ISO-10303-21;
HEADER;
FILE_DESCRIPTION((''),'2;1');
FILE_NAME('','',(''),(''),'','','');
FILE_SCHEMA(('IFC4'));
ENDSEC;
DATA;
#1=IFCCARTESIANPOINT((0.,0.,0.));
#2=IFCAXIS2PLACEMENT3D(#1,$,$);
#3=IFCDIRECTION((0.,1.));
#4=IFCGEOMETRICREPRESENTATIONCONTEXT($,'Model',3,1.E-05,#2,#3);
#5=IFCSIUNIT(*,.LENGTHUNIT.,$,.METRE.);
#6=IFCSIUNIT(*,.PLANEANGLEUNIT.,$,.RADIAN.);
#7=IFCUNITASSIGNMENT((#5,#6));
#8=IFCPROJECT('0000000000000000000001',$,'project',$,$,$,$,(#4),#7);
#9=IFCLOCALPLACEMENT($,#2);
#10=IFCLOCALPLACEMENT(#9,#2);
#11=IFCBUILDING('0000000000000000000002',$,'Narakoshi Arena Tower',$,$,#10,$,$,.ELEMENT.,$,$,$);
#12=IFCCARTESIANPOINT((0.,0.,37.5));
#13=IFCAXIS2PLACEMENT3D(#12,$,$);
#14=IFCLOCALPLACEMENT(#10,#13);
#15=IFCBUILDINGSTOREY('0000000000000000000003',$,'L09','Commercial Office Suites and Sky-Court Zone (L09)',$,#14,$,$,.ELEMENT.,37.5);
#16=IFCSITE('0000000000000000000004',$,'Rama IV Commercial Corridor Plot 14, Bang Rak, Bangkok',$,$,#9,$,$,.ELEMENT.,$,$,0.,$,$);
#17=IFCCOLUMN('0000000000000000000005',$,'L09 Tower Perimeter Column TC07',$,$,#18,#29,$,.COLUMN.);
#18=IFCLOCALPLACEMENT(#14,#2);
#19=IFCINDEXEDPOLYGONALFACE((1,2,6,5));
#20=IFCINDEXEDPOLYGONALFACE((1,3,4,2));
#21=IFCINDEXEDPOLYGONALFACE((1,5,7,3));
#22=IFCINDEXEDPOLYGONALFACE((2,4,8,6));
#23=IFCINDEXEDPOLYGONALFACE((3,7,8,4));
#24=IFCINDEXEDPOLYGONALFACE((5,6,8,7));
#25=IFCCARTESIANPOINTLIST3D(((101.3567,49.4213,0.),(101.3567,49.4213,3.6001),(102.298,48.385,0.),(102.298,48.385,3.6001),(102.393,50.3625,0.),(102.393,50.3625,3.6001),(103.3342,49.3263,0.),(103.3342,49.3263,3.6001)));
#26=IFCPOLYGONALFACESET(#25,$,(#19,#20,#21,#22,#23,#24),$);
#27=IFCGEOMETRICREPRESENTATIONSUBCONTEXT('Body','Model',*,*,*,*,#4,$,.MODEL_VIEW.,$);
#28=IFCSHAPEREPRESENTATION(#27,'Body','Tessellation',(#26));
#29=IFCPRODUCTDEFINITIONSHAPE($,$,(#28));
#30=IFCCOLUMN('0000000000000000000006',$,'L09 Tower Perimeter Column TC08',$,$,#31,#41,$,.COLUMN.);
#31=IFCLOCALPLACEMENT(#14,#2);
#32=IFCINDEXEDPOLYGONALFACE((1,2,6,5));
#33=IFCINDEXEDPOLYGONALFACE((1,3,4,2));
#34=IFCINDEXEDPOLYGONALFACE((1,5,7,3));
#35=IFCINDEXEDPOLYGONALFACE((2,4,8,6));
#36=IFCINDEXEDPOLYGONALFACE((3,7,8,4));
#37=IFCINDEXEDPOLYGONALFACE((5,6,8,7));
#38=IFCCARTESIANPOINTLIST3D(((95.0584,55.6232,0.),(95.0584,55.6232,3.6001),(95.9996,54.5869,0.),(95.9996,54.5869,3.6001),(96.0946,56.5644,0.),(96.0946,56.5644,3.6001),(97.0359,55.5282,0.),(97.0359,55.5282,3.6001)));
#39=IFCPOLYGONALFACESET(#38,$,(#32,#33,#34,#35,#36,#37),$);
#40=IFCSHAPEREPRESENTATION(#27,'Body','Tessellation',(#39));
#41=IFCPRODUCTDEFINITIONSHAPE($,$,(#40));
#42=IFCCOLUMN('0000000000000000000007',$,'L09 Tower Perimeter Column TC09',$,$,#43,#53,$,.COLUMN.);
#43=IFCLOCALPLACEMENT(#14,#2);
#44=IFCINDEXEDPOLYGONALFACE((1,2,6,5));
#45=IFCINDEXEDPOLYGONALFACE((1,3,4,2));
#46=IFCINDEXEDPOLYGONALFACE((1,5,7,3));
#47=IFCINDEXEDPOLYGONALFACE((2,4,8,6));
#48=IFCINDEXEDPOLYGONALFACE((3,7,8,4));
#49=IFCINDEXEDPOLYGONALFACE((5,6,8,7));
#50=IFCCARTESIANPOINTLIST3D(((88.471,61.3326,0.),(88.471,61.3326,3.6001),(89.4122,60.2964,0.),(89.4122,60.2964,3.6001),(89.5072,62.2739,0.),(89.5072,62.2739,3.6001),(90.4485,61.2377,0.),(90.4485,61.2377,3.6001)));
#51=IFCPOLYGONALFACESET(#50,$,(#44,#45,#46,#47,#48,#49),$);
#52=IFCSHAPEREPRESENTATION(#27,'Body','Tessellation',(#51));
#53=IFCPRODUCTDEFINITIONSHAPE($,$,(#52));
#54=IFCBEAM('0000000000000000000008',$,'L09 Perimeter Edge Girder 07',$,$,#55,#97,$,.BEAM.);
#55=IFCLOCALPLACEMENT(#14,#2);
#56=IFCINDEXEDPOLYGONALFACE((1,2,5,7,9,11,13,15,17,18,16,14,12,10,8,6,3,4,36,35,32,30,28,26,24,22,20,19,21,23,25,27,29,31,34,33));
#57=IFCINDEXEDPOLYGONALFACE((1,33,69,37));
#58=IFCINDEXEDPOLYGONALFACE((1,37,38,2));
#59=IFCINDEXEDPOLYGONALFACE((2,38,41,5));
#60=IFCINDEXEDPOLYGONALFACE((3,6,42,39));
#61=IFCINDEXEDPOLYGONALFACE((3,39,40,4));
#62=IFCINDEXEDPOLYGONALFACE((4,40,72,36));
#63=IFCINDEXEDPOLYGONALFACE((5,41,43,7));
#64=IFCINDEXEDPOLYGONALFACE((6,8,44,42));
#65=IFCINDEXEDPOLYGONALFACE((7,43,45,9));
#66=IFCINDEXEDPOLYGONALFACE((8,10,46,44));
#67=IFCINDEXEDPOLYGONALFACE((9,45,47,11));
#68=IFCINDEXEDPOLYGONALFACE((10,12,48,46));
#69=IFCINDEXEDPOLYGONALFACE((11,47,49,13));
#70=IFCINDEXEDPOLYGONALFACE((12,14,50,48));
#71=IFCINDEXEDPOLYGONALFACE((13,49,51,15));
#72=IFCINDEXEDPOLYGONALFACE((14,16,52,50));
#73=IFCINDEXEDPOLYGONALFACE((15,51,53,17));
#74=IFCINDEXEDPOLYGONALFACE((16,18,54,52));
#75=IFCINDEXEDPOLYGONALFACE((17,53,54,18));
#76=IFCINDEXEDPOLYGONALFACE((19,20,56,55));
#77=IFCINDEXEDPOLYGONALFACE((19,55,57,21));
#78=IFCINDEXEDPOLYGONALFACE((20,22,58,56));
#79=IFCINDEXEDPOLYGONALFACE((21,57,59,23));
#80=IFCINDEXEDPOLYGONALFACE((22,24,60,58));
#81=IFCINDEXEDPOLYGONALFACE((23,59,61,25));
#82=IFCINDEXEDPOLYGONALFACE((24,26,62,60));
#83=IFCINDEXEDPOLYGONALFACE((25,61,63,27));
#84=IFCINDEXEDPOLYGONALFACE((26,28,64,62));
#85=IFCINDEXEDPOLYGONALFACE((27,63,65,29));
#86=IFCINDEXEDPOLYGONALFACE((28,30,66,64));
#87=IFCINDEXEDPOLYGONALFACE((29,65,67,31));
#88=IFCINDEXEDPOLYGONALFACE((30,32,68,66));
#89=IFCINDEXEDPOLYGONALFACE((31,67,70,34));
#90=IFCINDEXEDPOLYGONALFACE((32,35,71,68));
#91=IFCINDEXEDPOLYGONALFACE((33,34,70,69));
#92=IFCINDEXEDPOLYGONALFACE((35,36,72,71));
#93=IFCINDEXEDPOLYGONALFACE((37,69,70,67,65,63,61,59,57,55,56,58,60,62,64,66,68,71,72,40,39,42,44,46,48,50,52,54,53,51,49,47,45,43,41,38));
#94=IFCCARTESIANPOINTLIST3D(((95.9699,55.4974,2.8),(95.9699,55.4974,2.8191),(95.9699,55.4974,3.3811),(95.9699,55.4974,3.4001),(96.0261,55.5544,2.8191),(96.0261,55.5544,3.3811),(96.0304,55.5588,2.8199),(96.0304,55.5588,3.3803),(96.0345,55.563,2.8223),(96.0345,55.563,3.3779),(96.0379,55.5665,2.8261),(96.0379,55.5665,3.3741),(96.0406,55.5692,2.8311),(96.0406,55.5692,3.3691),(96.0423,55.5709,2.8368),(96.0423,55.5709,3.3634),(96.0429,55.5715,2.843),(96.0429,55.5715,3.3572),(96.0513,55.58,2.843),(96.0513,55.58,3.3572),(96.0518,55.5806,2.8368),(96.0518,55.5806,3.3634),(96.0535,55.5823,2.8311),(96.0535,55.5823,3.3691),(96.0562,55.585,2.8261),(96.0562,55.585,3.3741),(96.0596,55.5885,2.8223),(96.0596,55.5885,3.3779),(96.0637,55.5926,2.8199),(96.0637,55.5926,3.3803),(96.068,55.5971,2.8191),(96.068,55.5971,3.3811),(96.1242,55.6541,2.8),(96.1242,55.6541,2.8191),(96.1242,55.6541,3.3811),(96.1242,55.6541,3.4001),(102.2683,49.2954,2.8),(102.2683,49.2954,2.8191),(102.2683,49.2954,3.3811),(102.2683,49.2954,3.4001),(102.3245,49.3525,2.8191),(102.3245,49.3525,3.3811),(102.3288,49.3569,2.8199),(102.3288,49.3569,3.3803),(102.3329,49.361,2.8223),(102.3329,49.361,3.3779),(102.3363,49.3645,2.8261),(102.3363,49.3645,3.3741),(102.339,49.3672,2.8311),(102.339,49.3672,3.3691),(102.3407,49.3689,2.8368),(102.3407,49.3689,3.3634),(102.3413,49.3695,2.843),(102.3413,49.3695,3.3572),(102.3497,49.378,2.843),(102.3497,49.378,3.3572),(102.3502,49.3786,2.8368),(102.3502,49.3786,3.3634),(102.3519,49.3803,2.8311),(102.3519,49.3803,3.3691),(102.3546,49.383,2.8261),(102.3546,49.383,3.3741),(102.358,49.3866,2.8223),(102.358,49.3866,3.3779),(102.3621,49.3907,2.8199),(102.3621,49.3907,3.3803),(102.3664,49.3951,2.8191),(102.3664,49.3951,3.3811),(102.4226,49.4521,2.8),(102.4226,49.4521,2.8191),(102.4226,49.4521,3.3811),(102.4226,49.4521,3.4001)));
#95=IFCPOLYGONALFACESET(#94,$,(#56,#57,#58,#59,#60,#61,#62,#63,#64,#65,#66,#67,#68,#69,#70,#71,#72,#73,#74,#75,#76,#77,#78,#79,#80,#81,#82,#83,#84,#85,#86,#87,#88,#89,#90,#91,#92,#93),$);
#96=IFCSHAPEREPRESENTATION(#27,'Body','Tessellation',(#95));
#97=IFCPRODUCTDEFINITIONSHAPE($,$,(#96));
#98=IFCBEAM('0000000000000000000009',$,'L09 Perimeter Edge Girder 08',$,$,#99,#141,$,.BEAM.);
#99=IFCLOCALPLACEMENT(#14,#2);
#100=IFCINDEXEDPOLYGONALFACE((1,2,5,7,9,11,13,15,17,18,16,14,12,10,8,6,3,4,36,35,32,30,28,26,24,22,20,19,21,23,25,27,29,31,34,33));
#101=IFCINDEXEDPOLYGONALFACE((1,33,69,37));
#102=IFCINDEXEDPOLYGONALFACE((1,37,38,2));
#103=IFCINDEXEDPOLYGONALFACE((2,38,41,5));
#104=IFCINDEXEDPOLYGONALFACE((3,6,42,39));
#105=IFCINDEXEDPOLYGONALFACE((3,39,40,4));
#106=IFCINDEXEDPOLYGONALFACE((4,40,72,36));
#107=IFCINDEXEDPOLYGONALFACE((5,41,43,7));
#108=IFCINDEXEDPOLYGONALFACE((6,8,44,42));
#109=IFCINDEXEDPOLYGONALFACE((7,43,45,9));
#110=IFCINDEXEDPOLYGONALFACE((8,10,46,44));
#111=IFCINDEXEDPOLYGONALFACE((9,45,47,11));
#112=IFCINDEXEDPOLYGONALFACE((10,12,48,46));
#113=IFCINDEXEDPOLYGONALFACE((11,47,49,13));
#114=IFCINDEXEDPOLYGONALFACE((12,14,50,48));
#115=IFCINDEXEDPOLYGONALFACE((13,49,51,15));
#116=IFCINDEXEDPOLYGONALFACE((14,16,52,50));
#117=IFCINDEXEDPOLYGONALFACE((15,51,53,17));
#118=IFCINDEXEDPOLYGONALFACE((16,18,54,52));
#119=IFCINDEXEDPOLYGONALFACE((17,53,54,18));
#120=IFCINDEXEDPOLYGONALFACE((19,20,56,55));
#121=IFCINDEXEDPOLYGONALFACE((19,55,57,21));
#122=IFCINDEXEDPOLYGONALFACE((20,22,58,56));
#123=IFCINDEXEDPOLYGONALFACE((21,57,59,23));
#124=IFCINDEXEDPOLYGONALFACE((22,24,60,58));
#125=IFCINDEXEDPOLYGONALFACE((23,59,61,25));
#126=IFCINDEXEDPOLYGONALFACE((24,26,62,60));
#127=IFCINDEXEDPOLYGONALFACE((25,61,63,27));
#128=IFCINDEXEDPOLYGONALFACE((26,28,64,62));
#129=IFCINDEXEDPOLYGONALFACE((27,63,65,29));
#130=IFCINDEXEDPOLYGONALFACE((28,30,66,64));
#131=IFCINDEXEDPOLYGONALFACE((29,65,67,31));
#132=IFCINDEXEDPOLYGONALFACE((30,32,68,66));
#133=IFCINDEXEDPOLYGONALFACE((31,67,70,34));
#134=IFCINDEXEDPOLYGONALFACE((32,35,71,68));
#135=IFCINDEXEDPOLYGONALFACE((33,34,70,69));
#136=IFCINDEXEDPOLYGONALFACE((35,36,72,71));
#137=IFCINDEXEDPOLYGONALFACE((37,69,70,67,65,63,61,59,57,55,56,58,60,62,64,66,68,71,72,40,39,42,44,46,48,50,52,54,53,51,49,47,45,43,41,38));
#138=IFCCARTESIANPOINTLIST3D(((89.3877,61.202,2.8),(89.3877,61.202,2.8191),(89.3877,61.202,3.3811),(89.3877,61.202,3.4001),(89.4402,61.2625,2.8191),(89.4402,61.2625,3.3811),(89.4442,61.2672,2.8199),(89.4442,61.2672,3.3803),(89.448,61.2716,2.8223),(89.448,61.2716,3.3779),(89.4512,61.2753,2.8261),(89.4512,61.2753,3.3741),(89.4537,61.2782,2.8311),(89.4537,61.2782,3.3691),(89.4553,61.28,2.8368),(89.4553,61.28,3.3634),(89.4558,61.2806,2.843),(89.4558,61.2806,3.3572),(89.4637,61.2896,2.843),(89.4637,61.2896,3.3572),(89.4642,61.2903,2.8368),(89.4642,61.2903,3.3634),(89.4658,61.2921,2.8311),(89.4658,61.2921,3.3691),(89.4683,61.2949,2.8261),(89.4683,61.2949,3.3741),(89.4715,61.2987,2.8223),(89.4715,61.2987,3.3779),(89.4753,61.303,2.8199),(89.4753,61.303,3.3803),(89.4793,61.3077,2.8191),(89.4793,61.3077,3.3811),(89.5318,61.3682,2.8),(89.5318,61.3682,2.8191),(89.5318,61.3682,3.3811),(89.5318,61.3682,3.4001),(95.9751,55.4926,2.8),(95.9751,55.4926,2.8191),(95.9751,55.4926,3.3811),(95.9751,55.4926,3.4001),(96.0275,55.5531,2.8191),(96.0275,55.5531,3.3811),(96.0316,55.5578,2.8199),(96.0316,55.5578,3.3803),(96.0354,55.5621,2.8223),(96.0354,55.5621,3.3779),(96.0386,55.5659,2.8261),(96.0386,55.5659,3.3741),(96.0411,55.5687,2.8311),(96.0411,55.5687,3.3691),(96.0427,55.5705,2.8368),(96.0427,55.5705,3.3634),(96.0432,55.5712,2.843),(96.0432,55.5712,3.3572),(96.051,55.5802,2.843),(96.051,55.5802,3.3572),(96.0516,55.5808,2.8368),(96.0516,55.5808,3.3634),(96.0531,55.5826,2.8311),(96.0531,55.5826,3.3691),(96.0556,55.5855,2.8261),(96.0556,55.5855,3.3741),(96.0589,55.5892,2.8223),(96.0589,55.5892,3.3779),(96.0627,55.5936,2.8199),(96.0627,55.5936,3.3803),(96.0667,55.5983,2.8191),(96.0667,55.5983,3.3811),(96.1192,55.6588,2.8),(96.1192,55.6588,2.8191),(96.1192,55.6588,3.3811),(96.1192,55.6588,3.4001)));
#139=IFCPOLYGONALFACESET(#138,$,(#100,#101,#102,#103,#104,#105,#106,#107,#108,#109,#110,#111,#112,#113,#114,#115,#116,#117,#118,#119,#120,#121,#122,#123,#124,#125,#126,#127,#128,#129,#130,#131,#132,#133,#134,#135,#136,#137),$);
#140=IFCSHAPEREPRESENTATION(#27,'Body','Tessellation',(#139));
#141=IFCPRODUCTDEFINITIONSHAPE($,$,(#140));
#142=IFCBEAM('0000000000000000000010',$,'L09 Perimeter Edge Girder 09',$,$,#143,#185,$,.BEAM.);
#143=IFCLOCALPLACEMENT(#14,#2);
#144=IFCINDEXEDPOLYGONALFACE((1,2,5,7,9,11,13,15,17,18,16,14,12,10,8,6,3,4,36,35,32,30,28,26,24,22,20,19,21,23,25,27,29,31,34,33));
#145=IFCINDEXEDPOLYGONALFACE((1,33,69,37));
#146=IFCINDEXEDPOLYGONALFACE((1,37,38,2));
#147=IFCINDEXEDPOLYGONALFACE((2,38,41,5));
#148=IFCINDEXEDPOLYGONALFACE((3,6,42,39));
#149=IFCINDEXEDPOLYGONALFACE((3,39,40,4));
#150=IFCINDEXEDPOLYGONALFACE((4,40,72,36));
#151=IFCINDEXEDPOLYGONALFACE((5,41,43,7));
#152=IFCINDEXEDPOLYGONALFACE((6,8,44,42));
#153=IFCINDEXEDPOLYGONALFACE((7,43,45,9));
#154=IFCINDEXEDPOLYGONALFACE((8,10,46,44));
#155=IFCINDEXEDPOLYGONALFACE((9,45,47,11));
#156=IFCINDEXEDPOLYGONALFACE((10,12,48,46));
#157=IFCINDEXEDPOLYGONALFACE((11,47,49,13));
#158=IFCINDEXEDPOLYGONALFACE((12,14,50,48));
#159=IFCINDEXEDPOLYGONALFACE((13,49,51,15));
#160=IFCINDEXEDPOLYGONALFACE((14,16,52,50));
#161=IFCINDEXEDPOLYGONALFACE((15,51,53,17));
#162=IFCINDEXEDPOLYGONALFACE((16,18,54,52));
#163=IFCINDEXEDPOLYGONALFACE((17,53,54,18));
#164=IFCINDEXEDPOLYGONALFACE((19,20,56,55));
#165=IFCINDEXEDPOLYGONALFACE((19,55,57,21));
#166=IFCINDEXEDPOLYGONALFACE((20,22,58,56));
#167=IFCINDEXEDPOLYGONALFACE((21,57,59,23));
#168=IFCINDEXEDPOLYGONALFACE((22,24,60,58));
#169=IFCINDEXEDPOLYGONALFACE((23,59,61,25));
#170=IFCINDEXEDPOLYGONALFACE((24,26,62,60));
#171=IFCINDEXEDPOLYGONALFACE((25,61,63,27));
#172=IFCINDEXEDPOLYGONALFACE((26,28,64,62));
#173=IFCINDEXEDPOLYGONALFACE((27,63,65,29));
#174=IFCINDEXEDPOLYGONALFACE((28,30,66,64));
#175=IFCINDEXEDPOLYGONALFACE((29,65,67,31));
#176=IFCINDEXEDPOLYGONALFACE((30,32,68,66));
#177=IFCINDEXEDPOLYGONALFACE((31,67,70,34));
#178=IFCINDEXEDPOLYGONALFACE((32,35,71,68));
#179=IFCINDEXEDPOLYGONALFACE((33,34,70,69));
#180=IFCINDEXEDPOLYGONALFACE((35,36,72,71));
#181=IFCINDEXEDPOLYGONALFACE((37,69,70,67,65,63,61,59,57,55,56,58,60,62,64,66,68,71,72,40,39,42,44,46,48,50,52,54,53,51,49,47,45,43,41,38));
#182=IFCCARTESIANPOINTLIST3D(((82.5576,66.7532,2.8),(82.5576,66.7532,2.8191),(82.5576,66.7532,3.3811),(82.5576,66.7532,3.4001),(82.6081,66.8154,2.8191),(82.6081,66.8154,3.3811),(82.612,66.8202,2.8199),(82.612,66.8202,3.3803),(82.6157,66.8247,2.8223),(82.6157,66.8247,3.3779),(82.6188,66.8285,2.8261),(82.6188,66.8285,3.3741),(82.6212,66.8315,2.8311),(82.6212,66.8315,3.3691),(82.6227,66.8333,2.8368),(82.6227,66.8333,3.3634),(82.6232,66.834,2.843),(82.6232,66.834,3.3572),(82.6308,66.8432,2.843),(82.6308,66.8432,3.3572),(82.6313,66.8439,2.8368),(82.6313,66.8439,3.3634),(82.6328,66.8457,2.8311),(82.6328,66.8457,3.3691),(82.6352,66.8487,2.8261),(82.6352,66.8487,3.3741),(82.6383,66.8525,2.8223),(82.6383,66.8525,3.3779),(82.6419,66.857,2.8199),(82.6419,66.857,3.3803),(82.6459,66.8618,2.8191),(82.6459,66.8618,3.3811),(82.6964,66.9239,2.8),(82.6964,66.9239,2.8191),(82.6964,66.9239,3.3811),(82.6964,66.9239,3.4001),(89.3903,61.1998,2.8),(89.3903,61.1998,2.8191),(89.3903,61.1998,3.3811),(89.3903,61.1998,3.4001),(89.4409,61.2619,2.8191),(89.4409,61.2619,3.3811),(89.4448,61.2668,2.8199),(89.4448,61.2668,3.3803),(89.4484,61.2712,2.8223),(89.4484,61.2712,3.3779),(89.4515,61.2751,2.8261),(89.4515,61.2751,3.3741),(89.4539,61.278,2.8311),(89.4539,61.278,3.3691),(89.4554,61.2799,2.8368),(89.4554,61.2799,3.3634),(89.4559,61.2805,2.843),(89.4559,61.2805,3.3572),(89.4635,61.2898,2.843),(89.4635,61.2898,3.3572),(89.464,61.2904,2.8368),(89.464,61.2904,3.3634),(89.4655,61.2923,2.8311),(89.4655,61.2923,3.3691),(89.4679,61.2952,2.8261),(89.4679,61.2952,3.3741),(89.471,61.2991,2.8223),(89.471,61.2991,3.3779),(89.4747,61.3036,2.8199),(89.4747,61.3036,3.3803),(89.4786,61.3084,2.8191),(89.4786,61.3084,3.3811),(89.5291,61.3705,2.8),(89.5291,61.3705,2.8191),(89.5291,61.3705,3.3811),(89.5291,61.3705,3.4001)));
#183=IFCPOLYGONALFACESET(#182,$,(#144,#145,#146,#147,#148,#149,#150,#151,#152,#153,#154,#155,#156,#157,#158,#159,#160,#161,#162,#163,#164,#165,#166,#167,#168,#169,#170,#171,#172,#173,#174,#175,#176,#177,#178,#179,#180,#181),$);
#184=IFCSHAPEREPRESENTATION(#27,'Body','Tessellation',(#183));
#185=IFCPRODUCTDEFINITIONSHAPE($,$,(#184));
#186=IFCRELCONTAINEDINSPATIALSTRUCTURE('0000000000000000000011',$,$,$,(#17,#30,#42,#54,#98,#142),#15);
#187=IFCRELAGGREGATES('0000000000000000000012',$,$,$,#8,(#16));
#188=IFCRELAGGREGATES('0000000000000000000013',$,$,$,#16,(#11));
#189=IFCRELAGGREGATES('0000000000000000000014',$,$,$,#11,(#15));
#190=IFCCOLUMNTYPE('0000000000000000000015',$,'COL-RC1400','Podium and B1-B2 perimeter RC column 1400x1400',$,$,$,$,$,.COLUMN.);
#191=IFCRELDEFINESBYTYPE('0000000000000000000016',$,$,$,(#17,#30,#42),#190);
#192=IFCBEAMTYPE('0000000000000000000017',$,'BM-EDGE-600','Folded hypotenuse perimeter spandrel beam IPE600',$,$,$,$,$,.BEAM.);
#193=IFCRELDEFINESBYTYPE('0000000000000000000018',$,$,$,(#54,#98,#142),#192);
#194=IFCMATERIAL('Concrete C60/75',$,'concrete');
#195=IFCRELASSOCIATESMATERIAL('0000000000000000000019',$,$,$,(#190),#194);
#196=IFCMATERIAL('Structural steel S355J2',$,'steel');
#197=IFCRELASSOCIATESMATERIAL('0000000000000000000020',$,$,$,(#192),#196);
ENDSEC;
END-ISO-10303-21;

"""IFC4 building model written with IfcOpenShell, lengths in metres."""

from ifc_helpers import new_model, si_unit, direction, frame, origin, origin_2d, place, context, subcontext, project, spatial, rectangle, i_section, extrude, material, material_profile, profile_set, type_object, element, save


model = new_model("IFC4")

# Units and contexts
model_context = context("Model", 3, precision=1e-05, world=origin(), true_north=direction((0.0, 1.0)))
body_context = subcontext(model_context, "Body", "Model", "MODEL_VIEW")
ifc_project = project(units=[si_unit("LENGTHUNIT", "METRE"), si_unit("PLANEANGLEUNIT", "RADIAN")], contexts=[model_context])

# Site, building, storey
site_placement = place(None, origin())
site = spatial("IfcSite", under=ifc_project, at=site_placement, Name="Rama IV Commercial Corridor Plot 14, Bang Rak, Bangkok", CompositionType="ELEMENT", RefElevation=0.0)
building_placement = place(site_placement, origin())
building = spatial("IfcBuilding", under=site, at=building_placement, Name="Narakoshi Arena Tower", CompositionType="ELEMENT")
storey_placement = place(building_placement, frame((0.0, 0.0, 37.5)))
storey = spatial("IfcBuildingStorey", under=building, at=storey_placement, Name="L09", Description="Commercial Office Suites and Sky-Court Zone (L09)", CompositionType="ELEMENT", Elevation=37.5)

# Columns
ifc_material_1 = material(Name="Concrete C60/75", Category="concrete")
ifc_material_profile_1 = material_profile(ifc_material_1, rectangle(XDim=1.3999, YDim=1.3999, at=origin_2d()), Name="RC1400x1400")
ifc_profile_set_1 = profile_set([ifc_material_profile_1], Name="Concrete C60/75")
column_type = type_object("IfcColumnType", Name="COL-RC1400", Description="Podium and B1-B2 perimeter RC column 1400x1400", PredefinedType="COLUMN", material=ifc_profile_set_1)
for number, where, z_axis, x_axis, name in (
    (1, (102.3455, 49.3738, 0.0), (0.0, 0.0, 1.0), (0.740218, 0.672367, 0.0), "L09 Tower Perimeter Column TC07"),
    (2, (96.0471, 55.5757, 0.0), (0.0, 0.0, 1.0), (0.740218, 0.672367, 0.0), "L09 Tower Perimeter Column TC08"),
    (3, (89.4597, 61.2852, 0.0), (0.0, 0.0, 1.0), (0.740218, 0.672367, 0.0), "L09 Tower Perimeter Column TC09"),
):
    element("IfcColumn", number, at=place(storey_placement, frame(where, z_axis=z_axis, x_axis=x_axis)), inside=storey, type_object=column_type, Name=name, PredefinedType="COLUMN", context=body_context, shape_type="SweptSolid", body=[
        extrude(rectangle(XDim=1.3999, YDim=1.3999, at=origin_2d()), origin(), (0.0, 0.0, 1.0), 3.6001),
    ])

# Beams
ifc_material_2 = material(Name="Structural steel S355J2", Category="steel")
ifc_material_profile_2 = material_profile(ifc_material_2, i_section(OverallWidth=0.22, OverallDepth=0.6001, WebThickness=0.012, FlangeThickness=0.019, FilletRadius=0.0239, at=origin_2d()), Name="IPE600")
ifc_profile_set_2 = profile_set([ifc_material_profile_2], Name="Structural steel S355J2")
beam_type_1 = type_object("IfcBeamType", Name="BM-EDGE-600", Description="Folded hypotenuse perimeter spandrel beam IPE600", PredefinedType="BEAM", material=ifc_profile_set_2)
beam_1_placement = place(storey_placement, frame((102.3455, 49.3738, 3.1001), z_axis=(-0.712541, 0.701631, 0.0), x_axis=(-0.701631, -0.712541, 0.0)))
element("IfcBeam", 4, at=beam_1_placement, inside=storey, type_object=beam_type_1, Name="L09 Perimeter Edge Girder 07", PredefinedType="BEAM", context=body_context, shape_type="SweptSolid", body=[
    extrude(i_section(OverallWidth=0.22, OverallDepth=0.6001, WebThickness=0.012, FlangeThickness=0.019, FilletRadius=0.0239, at=origin_2d()), origin(), (0.0, 0.0, 1.0), 8.8394),
])
beam_2_placement = place(storey_placement, frame((96.0471, 55.5757, 3.1001), z_axis=(-0.755667, 0.654956, 0.0), x_axis=(-0.654956, -0.755667, 0.0)))
element("IfcBeam", 5, at=beam_2_placement, inside=storey, type_object=beam_type_1, Name="L09 Perimeter Edge Girder 08", PredefinedType="BEAM", context=body_context, shape_type="SweptSolid", body=[
    extrude(i_section(OverallWidth=0.22, OverallDepth=0.6001, WebThickness=0.012, FlangeThickness=0.019, FilletRadius=0.0239, at=origin_2d()), origin(), (0.0, 0.0, 1.0), 8.7173),
])
beam_3_placement = place(storey_placement, frame((89.4597, 61.2852, 3.1001), z_axis=(-0.776011, 0.630719, 0.0), x_axis=(-0.630719, -0.776011, 0.0)))
element("IfcBeam", 6, at=beam_3_placement, inside=storey, type_object=beam_type_1, Name="L09 Perimeter Edge Girder 09", PredefinedType="BEAM", context=body_context, shape_type="SweptSolid", body=[
    extrude(i_section(OverallWidth=0.22, OverallDepth=0.6001, WebThickness=0.012, FlangeThickness=0.019, FilletRadius=0.0239, at=origin_2d()), origin(), (0.0, 0.0, 1.0), 8.8049),
])

save(model, "model.ifc")
